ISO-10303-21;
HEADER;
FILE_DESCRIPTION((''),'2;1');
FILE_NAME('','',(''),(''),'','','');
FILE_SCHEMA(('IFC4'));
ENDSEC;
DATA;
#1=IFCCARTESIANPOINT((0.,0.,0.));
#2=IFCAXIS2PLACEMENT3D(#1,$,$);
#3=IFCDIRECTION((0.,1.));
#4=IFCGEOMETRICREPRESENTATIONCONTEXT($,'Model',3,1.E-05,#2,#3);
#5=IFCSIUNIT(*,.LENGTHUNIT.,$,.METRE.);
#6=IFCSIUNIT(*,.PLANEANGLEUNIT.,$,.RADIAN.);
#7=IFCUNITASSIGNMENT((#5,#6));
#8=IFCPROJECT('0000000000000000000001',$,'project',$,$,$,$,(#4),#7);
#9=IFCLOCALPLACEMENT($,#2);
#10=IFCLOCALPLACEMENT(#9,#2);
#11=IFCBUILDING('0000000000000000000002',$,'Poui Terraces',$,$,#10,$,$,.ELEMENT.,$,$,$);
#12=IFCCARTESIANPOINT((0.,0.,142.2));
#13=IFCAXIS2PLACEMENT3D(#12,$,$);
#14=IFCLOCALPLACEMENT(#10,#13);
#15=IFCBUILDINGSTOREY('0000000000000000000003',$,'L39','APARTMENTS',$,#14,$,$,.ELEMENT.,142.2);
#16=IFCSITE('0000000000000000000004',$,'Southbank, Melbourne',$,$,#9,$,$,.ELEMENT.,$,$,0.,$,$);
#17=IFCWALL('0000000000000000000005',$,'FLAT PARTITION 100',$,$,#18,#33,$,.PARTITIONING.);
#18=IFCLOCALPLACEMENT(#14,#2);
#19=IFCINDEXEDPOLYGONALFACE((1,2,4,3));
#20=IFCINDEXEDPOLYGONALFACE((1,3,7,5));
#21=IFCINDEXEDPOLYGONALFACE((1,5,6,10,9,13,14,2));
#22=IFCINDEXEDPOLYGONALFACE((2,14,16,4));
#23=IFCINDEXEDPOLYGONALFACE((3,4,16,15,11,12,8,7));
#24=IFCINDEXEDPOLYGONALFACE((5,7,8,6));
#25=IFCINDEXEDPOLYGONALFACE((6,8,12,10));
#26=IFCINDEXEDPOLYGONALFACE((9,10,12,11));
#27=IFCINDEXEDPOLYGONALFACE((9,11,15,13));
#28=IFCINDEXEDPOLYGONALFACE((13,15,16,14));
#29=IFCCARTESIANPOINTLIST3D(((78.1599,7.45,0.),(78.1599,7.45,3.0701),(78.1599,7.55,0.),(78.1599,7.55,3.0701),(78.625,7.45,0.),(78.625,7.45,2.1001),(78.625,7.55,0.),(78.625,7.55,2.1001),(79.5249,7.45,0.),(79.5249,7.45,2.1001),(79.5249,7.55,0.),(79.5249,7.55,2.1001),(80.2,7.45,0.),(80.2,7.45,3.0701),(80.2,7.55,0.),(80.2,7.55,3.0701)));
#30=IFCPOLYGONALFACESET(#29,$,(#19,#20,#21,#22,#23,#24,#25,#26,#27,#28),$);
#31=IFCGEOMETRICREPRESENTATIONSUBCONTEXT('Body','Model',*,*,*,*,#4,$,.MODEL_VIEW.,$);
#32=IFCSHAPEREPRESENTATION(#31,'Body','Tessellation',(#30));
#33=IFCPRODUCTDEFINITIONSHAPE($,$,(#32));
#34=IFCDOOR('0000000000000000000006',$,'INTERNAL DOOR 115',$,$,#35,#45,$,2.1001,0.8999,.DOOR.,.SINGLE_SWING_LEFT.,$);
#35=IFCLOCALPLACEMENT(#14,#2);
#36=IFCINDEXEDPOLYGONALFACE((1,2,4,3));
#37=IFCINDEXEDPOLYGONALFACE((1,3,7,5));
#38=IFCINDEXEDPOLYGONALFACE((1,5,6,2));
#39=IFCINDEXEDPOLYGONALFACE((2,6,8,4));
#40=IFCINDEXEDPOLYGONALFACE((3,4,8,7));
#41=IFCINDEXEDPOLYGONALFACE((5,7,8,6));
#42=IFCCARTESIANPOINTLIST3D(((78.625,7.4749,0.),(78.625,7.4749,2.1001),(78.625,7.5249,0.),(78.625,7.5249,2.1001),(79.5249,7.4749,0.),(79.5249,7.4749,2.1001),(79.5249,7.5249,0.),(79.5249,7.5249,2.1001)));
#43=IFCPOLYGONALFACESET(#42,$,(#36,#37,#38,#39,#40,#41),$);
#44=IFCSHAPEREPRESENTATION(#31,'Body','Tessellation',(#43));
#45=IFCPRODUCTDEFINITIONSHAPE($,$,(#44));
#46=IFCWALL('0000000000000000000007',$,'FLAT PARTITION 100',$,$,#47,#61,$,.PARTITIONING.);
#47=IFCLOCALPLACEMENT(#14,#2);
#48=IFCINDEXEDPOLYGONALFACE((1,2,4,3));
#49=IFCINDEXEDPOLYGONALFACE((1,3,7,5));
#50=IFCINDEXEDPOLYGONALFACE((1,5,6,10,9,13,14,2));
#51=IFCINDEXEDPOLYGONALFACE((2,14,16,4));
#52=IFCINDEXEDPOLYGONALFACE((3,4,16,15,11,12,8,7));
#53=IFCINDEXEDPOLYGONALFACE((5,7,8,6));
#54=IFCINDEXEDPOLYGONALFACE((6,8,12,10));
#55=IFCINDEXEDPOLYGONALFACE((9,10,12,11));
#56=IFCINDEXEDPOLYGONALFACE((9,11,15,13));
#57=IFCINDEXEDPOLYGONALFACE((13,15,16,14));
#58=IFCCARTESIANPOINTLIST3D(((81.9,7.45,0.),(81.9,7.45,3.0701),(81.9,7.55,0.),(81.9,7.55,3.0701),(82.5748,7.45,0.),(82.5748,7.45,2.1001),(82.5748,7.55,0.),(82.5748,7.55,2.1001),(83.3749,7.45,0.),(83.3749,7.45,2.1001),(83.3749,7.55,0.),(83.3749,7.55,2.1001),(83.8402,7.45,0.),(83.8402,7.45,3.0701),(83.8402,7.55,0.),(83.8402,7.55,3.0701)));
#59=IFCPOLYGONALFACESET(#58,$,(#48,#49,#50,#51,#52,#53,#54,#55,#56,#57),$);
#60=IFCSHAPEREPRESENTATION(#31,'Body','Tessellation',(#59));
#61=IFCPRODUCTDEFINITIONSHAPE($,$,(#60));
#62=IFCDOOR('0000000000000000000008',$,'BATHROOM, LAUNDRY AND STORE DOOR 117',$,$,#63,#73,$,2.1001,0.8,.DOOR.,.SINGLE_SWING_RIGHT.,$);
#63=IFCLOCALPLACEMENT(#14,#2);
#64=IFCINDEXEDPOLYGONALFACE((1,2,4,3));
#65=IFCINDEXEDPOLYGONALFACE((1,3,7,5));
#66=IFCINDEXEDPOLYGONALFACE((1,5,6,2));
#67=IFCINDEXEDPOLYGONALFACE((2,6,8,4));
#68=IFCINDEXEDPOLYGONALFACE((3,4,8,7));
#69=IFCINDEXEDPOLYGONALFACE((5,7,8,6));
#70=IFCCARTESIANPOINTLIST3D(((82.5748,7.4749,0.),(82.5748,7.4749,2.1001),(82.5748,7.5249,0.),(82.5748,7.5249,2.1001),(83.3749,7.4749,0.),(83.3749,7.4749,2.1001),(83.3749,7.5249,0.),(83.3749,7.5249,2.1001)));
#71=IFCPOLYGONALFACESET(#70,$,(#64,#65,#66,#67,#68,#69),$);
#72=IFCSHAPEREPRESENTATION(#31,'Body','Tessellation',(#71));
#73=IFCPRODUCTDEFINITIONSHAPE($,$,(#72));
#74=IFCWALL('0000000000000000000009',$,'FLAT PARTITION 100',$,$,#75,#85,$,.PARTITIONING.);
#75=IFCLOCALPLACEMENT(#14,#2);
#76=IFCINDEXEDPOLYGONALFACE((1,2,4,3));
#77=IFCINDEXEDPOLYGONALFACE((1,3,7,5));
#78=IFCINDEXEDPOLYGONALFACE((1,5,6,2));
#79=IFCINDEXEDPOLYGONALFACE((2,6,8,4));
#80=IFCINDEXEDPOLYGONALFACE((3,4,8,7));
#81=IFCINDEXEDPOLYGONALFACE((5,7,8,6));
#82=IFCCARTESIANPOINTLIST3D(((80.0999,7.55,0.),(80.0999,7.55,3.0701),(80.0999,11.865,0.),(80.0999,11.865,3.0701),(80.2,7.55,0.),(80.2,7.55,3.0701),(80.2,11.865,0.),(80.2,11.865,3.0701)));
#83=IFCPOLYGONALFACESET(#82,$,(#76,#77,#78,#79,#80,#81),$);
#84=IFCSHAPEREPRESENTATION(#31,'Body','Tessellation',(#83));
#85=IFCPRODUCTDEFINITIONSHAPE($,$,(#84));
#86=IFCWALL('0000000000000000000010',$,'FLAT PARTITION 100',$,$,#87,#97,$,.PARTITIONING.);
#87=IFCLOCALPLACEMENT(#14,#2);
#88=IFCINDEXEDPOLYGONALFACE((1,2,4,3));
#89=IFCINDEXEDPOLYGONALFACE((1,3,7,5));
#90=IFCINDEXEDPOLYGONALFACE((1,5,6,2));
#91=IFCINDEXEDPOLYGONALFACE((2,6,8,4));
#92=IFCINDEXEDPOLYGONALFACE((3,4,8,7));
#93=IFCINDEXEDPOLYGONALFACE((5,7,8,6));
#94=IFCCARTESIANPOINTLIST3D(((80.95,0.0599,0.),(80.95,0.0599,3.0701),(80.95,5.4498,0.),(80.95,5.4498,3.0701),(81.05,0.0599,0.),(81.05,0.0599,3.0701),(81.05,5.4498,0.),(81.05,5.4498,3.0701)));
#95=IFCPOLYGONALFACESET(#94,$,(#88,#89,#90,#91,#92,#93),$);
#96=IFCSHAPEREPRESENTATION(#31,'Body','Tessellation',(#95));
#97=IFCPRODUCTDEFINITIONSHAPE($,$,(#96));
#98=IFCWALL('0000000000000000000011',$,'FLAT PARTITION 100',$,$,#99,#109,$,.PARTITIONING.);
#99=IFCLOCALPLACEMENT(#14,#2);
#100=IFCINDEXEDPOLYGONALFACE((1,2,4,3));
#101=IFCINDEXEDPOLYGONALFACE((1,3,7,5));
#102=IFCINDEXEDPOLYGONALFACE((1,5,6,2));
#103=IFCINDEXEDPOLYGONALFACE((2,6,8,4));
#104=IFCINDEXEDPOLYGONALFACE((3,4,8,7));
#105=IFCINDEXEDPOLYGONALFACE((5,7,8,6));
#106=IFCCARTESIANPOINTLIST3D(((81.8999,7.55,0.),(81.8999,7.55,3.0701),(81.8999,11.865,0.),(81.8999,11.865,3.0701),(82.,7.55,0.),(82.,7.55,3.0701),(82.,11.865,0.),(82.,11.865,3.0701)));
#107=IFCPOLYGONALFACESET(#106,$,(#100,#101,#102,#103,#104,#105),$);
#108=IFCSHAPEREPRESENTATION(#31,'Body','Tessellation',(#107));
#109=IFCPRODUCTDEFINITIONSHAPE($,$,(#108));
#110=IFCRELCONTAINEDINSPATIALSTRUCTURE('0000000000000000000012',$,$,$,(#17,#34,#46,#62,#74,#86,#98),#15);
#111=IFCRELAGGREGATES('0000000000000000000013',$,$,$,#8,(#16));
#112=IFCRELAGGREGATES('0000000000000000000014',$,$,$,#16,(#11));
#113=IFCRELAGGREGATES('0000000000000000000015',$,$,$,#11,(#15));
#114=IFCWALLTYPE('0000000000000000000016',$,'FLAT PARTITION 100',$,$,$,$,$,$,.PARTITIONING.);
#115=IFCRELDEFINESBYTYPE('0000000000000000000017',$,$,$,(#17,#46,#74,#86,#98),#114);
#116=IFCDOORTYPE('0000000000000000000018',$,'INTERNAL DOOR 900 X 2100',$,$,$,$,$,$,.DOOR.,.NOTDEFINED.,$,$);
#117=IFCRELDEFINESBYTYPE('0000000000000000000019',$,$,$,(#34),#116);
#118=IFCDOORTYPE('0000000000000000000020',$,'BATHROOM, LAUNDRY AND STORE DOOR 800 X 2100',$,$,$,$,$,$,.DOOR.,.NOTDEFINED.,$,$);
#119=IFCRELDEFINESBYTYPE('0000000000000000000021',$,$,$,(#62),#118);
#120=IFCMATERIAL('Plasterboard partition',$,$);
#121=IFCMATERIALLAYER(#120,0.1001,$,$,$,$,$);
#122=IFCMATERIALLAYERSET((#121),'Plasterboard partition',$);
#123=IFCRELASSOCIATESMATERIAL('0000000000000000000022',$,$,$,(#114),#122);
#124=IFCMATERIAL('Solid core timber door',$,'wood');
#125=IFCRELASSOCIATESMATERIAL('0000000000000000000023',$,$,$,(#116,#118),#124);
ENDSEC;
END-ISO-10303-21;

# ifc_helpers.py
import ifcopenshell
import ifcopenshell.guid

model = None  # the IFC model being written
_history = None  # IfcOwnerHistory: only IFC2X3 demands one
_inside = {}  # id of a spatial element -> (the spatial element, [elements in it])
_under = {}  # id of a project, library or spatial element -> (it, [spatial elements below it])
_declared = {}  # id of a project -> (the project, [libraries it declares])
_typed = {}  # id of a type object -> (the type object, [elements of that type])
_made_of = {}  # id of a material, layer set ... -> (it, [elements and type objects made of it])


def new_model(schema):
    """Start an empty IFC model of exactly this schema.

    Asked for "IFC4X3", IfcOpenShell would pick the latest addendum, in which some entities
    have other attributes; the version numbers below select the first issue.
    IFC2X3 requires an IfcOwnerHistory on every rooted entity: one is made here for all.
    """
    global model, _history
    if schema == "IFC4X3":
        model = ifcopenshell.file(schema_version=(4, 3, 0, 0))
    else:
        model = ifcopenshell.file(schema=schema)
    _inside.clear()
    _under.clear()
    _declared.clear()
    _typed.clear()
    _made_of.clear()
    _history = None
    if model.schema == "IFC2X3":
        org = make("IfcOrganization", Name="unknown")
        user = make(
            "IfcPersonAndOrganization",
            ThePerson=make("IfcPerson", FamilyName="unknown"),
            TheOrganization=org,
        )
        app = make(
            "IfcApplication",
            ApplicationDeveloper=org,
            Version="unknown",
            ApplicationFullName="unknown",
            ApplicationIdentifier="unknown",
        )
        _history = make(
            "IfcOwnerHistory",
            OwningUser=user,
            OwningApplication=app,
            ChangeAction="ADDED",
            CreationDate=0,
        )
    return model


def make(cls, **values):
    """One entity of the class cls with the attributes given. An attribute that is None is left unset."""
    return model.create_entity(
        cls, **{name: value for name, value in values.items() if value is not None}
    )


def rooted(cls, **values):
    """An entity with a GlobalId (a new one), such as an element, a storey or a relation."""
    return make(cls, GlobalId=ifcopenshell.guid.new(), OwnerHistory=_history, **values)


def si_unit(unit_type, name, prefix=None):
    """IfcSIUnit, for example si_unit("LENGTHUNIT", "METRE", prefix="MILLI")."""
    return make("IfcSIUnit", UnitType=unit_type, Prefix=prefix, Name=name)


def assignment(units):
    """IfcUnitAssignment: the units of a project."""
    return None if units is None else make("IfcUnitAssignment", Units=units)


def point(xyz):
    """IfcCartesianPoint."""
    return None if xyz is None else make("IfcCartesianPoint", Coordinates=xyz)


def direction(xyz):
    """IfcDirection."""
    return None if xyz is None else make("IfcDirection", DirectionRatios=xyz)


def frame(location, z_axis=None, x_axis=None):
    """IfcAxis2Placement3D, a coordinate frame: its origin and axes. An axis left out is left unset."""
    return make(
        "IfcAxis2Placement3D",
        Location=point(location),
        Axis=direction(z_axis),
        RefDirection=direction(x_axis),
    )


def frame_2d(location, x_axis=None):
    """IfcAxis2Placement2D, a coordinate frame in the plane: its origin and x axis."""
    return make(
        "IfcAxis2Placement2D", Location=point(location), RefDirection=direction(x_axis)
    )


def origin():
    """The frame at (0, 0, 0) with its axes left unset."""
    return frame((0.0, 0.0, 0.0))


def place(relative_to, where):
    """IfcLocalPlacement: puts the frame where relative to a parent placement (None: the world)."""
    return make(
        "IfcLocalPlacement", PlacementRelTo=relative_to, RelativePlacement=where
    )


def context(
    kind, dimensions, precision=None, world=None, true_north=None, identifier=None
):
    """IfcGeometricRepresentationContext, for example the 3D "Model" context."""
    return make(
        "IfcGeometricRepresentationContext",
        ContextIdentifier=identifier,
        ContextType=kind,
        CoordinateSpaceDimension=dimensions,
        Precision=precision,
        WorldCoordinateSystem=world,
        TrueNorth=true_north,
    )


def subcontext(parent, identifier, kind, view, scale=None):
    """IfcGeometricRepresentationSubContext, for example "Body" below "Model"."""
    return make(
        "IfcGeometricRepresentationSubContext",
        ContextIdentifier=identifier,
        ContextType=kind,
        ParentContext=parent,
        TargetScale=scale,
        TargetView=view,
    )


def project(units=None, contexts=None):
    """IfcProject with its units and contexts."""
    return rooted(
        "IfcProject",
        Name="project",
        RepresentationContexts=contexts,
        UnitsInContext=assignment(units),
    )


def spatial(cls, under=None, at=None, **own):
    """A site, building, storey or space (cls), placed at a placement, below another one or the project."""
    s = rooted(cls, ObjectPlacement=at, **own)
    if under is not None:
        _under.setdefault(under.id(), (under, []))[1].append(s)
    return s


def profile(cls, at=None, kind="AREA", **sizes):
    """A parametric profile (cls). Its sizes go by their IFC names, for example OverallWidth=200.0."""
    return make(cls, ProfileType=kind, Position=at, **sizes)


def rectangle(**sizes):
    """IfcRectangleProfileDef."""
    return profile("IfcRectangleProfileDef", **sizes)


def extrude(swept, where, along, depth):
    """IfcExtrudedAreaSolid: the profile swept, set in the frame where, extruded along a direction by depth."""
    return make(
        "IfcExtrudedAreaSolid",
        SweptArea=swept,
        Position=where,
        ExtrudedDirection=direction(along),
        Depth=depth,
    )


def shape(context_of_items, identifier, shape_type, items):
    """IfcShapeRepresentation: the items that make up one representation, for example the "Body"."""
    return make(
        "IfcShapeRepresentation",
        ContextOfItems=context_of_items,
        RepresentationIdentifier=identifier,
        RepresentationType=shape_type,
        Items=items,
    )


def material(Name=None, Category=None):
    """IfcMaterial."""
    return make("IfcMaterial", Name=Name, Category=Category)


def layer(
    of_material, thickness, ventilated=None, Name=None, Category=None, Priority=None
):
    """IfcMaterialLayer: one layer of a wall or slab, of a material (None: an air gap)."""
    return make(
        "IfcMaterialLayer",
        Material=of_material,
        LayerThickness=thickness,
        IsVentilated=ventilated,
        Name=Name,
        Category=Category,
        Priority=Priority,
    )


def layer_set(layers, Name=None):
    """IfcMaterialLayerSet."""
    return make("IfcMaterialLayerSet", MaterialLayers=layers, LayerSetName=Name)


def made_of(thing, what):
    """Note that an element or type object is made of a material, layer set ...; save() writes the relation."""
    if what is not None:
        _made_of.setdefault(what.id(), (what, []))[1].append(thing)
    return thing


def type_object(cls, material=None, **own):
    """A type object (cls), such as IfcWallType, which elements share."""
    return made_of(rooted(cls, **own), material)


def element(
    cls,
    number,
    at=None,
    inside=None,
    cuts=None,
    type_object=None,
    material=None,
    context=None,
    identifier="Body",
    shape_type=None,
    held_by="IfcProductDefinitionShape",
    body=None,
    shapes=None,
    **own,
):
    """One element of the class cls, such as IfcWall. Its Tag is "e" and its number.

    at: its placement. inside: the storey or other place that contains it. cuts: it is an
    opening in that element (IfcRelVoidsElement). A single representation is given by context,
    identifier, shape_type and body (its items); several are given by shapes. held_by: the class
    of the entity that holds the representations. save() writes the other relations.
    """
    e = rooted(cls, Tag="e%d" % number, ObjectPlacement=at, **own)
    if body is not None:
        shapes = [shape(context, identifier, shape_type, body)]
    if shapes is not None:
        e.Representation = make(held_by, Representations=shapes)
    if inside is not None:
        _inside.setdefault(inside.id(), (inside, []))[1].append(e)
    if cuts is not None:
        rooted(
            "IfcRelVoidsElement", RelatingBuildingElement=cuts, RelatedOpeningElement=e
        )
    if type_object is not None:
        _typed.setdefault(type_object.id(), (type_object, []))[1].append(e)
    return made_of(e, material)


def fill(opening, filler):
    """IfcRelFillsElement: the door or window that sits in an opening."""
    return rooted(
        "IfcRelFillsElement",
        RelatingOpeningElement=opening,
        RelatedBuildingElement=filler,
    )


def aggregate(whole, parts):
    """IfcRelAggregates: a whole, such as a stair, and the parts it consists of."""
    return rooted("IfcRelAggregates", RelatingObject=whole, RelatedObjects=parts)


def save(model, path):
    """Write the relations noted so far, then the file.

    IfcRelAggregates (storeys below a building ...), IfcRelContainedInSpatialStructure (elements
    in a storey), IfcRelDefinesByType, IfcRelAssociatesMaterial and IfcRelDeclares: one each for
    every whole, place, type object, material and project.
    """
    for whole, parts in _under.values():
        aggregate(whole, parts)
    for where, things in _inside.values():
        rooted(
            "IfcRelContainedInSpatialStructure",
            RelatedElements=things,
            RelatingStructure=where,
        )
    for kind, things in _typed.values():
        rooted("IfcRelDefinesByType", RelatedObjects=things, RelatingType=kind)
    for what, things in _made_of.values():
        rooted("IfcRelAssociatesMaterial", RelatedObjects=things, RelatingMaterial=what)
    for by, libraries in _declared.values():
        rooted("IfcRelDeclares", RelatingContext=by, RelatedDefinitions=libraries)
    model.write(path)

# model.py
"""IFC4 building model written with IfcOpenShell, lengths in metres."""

from ifc_helpers import new_model, si_unit, direction, frame, frame_2d, origin, place, context, subcontext, project, spatial, rectangle, extrude, material, layer, layer_set, type_object, element, fill, save


model = new_model("IFC4")

# Units and contexts
model_context = context("Model", 3, precision=1e-05, world=origin(), true_north=direction((0.0, 1.0)))
body_context = subcontext(model_context, "Body", "Model", "MODEL_VIEW")
ifc_project = project(units=[si_unit("LENGTHUNIT", "METRE"), si_unit("PLANEANGLEUNIT", "RADIAN")], contexts=[model_context])

# Site, building, storey
site_placement = place(None, origin())
site = spatial("IfcSite", under=ifc_project, at=site_placement, Name="Southbank, Melbourne", CompositionType="ELEMENT", RefElevation=0.0)
building_placement = place(site_placement, origin())
building = spatial("IfcBuilding", under=site, at=building_placement, Name="Poui Terraces", CompositionType="ELEMENT")
storey_placement = place(building_placement, frame((0.0, 0.0, 142.2)))
storey = spatial("IfcBuildingStorey", under=building, at=storey_placement, Name="L39", Description="APARTMENTS", CompositionType="ELEMENT", Elevation=142.2)

# Shared definitions
ifc_material_1 = material(Name="Solid core timber door", Category="wood")

# Walls, openings, doors
ifc_material_2 = material(Name="Plasterboard partition")
ifc_layer_1 = layer(ifc_material_2, 0.1001)
ifc_layer_set_1 = layer_set([ifc_layer_1], Name="Plasterboard partition")
wall_type_1 = type_object("IfcWallType", Name="FLAT PARTITION 100", PredefinedType="PARTITIONING", material=ifc_layer_set_1)
door_type_1 = type_object("IfcDoorType", Name="INTERNAL DOOR 900 X 2100", OperationType="NOTDEFINED", PredefinedType="DOOR", material=ifc_material_1)
wall_1_placement = place(storey_placement, frame((78.1599, 7.5, 0.0), z_axis=(0.0, 0.0, 1.0), x_axis=(1.0, 0.0, 0.0)))
wall_1 = element("IfcWall", 1, at=wall_1_placement, inside=storey, type_object=wall_type_1, Name="FLAT PARTITION 100", PredefinedType="PARTITIONING", context=body_context, shape_type="SweptSolid", body=[
    extrude(rectangle(XDim=2.04, YDim=0.1001, at=frame_2d((1.02, 0.0))), origin(), (0.0, 0.0, 1.0), 3.0701),
])
opening_1_placement = place(wall_1_placement, frame((0.4651, 0.0, 0.0)))
opening_1 = element("IfcOpeningElement", 2, at=opening_1_placement, cuts=wall_1, PredefinedType="OPENING", context=body_context, shape_type="SweptSolid", body=[
    extrude(rectangle(XDim=0.8999, YDim=2.1001, at=frame_2d((0.45, 1.05))), frame((0.0, 0.0601, 0.0), z_axis=(0.0, -1.0, 0.0), x_axis=(1.0, 0.0, 0.0)), (0.0, 0.0, 1.0), 0.1201),
])
door_1_placement = place(opening_1_placement, origin())
door_1 = element("IfcDoor", 3, at=door_1_placement, inside=storey, type_object=door_type_1, Name="INTERNAL DOOR 115", OperationType="SINGLE_SWING_LEFT", OverallHeight=2.1001, OverallWidth=0.8999, PredefinedType="DOOR", context=body_context, shape_type="SweptSolid", body=[
    extrude(rectangle(XDim=0.8999, YDim=2.1001, at=frame_2d((0.45, 1.05))), frame((0.0, 0.0249, 0.0), z_axis=(0.0, -1.0, 0.0), x_axis=(1.0, 0.0, 0.0)), (0.0, 0.0, 1.0), 0.05),
])
fill(opening_1, door_1)
wall_2_placement = place(storey_placement, frame((81.8999, 7.5, 0.0), z_axis=(0.0, 0.0, 1.0), x_axis=(1.0, 0.0, 0.0)))
wall_2 = element("IfcWall", 4, at=wall_2_placement, inside=storey, type_object=wall_type_1, Name="FLAT PARTITION 100", PredefinedType="PARTITIONING", context=body_context, shape_type="SweptSolid", body=[
    extrude(rectangle(XDim=1.9402, YDim=0.1001, at=frame_2d((0.9702, 0.0))), origin(), (0.0, 0.0, 1.0), 3.0701),
])
opening_2_placement = place(wall_2_placement, frame((0.675, 0.0, 0.0)))
opening_2 = element("IfcOpeningElement", 5, at=opening_2_placement, cuts=wall_2, PredefinedType="OPENING", context=body_context, shape_type="SweptSolid", body=[
    extrude(rectangle(XDim=0.8, YDim=2.1001, at=frame_2d((0.3999, 1.05))), frame((0.0, 0.0601, 0.0), z_axis=(0.0, -1.0, 0.0), x_axis=(1.0, 0.0, 0.0)), (0.0, 0.0, 1.0), 0.1201),
])
door_type_2 = type_object("IfcDoorType", Name="BATHROOM, LAUNDRY AND STORE DOOR 800 X 2100", OperationType="NOTDEFINED", PredefinedType="DOOR", material=ifc_material_1)
door_2_placement = place(opening_2_placement, origin())
door_2 = element("IfcDoor", 6, at=door_2_placement, inside=storey, type_object=door_type_2, Name="BATHROOM, LAUNDRY AND STORE DOOR 117", OperationType="SINGLE_SWING_RIGHT", OverallHeight=2.1001, OverallWidth=0.8, PredefinedType="DOOR", context=body_context, shape_type="SweptSolid", body=[
    extrude(rectangle(XDim=0.8, YDim=2.1001, at=frame_2d((0.3999, 1.05))), frame((0.0, 0.0249, 0.0), z_axis=(0.0, -1.0, 0.0), x_axis=(1.0, 0.0, 0.0)), (0.0, 0.0, 1.0), 0.05),
])
fill(opening_2, door_2)

# Walls
wall_3_placement = place(storey_placement, frame((80.1499, 7.55, 0.0), z_axis=(0.0, 0.0, 1.0), x_axis=(0.0, 1.0, 0.0)))
element("IfcWall", 7, at=wall_3_placement, inside=storey, type_object=wall_type_1, Name="FLAT PARTITION 100", PredefinedType="PARTITIONING", context=body_context, shape_type="SweptSolid", body=[
    extrude(rectangle(XDim=4.3149, YDim=0.1001, at=frame_2d((2.1575, 0.0))), origin(), (0.0, 0.0, 1.0), 3.0701),
])
wall_4_placement = place(storey_placement, frame((81.0, 0.0601, 0.0), z_axis=(0.0, 0.0, 1.0), x_axis=(0.0, 1.0, 0.0)))
element("IfcWall", 8, at=wall_4_placement, inside=storey, type_object=wall_type_1, Name="FLAT PARTITION 100", PredefinedType="PARTITIONING", context=body_context, shape_type="SweptSolid", body=[
    extrude(rectangle(XDim=5.3899, YDim=0.1001, at=frame_2d((2.6948, 0.0))), origin(), (0.0, 0.0, 1.0), 3.0701),
])
wall_5_placement = place(storey_placement, frame((81.95, 7.55, 0.0), z_axis=(0.0, 0.0, 1.0), x_axis=(0.0, 1.0, 0.0)))
element("IfcWall", 9, at=wall_5_placement, inside=storey, type_object=wall_type_1, Name="FLAT PARTITION 100", PredefinedType="PARTITIONING", context=body_context, shape_type="SweptSolid", body=[
    extrude(rectangle(XDim=4.3149, YDim=0.1001, at=frame_2d((2.1575, 0.0))), origin(), (0.0, 0.0, 1.0), 3.0701),
])

save(model, "model.ifc")
